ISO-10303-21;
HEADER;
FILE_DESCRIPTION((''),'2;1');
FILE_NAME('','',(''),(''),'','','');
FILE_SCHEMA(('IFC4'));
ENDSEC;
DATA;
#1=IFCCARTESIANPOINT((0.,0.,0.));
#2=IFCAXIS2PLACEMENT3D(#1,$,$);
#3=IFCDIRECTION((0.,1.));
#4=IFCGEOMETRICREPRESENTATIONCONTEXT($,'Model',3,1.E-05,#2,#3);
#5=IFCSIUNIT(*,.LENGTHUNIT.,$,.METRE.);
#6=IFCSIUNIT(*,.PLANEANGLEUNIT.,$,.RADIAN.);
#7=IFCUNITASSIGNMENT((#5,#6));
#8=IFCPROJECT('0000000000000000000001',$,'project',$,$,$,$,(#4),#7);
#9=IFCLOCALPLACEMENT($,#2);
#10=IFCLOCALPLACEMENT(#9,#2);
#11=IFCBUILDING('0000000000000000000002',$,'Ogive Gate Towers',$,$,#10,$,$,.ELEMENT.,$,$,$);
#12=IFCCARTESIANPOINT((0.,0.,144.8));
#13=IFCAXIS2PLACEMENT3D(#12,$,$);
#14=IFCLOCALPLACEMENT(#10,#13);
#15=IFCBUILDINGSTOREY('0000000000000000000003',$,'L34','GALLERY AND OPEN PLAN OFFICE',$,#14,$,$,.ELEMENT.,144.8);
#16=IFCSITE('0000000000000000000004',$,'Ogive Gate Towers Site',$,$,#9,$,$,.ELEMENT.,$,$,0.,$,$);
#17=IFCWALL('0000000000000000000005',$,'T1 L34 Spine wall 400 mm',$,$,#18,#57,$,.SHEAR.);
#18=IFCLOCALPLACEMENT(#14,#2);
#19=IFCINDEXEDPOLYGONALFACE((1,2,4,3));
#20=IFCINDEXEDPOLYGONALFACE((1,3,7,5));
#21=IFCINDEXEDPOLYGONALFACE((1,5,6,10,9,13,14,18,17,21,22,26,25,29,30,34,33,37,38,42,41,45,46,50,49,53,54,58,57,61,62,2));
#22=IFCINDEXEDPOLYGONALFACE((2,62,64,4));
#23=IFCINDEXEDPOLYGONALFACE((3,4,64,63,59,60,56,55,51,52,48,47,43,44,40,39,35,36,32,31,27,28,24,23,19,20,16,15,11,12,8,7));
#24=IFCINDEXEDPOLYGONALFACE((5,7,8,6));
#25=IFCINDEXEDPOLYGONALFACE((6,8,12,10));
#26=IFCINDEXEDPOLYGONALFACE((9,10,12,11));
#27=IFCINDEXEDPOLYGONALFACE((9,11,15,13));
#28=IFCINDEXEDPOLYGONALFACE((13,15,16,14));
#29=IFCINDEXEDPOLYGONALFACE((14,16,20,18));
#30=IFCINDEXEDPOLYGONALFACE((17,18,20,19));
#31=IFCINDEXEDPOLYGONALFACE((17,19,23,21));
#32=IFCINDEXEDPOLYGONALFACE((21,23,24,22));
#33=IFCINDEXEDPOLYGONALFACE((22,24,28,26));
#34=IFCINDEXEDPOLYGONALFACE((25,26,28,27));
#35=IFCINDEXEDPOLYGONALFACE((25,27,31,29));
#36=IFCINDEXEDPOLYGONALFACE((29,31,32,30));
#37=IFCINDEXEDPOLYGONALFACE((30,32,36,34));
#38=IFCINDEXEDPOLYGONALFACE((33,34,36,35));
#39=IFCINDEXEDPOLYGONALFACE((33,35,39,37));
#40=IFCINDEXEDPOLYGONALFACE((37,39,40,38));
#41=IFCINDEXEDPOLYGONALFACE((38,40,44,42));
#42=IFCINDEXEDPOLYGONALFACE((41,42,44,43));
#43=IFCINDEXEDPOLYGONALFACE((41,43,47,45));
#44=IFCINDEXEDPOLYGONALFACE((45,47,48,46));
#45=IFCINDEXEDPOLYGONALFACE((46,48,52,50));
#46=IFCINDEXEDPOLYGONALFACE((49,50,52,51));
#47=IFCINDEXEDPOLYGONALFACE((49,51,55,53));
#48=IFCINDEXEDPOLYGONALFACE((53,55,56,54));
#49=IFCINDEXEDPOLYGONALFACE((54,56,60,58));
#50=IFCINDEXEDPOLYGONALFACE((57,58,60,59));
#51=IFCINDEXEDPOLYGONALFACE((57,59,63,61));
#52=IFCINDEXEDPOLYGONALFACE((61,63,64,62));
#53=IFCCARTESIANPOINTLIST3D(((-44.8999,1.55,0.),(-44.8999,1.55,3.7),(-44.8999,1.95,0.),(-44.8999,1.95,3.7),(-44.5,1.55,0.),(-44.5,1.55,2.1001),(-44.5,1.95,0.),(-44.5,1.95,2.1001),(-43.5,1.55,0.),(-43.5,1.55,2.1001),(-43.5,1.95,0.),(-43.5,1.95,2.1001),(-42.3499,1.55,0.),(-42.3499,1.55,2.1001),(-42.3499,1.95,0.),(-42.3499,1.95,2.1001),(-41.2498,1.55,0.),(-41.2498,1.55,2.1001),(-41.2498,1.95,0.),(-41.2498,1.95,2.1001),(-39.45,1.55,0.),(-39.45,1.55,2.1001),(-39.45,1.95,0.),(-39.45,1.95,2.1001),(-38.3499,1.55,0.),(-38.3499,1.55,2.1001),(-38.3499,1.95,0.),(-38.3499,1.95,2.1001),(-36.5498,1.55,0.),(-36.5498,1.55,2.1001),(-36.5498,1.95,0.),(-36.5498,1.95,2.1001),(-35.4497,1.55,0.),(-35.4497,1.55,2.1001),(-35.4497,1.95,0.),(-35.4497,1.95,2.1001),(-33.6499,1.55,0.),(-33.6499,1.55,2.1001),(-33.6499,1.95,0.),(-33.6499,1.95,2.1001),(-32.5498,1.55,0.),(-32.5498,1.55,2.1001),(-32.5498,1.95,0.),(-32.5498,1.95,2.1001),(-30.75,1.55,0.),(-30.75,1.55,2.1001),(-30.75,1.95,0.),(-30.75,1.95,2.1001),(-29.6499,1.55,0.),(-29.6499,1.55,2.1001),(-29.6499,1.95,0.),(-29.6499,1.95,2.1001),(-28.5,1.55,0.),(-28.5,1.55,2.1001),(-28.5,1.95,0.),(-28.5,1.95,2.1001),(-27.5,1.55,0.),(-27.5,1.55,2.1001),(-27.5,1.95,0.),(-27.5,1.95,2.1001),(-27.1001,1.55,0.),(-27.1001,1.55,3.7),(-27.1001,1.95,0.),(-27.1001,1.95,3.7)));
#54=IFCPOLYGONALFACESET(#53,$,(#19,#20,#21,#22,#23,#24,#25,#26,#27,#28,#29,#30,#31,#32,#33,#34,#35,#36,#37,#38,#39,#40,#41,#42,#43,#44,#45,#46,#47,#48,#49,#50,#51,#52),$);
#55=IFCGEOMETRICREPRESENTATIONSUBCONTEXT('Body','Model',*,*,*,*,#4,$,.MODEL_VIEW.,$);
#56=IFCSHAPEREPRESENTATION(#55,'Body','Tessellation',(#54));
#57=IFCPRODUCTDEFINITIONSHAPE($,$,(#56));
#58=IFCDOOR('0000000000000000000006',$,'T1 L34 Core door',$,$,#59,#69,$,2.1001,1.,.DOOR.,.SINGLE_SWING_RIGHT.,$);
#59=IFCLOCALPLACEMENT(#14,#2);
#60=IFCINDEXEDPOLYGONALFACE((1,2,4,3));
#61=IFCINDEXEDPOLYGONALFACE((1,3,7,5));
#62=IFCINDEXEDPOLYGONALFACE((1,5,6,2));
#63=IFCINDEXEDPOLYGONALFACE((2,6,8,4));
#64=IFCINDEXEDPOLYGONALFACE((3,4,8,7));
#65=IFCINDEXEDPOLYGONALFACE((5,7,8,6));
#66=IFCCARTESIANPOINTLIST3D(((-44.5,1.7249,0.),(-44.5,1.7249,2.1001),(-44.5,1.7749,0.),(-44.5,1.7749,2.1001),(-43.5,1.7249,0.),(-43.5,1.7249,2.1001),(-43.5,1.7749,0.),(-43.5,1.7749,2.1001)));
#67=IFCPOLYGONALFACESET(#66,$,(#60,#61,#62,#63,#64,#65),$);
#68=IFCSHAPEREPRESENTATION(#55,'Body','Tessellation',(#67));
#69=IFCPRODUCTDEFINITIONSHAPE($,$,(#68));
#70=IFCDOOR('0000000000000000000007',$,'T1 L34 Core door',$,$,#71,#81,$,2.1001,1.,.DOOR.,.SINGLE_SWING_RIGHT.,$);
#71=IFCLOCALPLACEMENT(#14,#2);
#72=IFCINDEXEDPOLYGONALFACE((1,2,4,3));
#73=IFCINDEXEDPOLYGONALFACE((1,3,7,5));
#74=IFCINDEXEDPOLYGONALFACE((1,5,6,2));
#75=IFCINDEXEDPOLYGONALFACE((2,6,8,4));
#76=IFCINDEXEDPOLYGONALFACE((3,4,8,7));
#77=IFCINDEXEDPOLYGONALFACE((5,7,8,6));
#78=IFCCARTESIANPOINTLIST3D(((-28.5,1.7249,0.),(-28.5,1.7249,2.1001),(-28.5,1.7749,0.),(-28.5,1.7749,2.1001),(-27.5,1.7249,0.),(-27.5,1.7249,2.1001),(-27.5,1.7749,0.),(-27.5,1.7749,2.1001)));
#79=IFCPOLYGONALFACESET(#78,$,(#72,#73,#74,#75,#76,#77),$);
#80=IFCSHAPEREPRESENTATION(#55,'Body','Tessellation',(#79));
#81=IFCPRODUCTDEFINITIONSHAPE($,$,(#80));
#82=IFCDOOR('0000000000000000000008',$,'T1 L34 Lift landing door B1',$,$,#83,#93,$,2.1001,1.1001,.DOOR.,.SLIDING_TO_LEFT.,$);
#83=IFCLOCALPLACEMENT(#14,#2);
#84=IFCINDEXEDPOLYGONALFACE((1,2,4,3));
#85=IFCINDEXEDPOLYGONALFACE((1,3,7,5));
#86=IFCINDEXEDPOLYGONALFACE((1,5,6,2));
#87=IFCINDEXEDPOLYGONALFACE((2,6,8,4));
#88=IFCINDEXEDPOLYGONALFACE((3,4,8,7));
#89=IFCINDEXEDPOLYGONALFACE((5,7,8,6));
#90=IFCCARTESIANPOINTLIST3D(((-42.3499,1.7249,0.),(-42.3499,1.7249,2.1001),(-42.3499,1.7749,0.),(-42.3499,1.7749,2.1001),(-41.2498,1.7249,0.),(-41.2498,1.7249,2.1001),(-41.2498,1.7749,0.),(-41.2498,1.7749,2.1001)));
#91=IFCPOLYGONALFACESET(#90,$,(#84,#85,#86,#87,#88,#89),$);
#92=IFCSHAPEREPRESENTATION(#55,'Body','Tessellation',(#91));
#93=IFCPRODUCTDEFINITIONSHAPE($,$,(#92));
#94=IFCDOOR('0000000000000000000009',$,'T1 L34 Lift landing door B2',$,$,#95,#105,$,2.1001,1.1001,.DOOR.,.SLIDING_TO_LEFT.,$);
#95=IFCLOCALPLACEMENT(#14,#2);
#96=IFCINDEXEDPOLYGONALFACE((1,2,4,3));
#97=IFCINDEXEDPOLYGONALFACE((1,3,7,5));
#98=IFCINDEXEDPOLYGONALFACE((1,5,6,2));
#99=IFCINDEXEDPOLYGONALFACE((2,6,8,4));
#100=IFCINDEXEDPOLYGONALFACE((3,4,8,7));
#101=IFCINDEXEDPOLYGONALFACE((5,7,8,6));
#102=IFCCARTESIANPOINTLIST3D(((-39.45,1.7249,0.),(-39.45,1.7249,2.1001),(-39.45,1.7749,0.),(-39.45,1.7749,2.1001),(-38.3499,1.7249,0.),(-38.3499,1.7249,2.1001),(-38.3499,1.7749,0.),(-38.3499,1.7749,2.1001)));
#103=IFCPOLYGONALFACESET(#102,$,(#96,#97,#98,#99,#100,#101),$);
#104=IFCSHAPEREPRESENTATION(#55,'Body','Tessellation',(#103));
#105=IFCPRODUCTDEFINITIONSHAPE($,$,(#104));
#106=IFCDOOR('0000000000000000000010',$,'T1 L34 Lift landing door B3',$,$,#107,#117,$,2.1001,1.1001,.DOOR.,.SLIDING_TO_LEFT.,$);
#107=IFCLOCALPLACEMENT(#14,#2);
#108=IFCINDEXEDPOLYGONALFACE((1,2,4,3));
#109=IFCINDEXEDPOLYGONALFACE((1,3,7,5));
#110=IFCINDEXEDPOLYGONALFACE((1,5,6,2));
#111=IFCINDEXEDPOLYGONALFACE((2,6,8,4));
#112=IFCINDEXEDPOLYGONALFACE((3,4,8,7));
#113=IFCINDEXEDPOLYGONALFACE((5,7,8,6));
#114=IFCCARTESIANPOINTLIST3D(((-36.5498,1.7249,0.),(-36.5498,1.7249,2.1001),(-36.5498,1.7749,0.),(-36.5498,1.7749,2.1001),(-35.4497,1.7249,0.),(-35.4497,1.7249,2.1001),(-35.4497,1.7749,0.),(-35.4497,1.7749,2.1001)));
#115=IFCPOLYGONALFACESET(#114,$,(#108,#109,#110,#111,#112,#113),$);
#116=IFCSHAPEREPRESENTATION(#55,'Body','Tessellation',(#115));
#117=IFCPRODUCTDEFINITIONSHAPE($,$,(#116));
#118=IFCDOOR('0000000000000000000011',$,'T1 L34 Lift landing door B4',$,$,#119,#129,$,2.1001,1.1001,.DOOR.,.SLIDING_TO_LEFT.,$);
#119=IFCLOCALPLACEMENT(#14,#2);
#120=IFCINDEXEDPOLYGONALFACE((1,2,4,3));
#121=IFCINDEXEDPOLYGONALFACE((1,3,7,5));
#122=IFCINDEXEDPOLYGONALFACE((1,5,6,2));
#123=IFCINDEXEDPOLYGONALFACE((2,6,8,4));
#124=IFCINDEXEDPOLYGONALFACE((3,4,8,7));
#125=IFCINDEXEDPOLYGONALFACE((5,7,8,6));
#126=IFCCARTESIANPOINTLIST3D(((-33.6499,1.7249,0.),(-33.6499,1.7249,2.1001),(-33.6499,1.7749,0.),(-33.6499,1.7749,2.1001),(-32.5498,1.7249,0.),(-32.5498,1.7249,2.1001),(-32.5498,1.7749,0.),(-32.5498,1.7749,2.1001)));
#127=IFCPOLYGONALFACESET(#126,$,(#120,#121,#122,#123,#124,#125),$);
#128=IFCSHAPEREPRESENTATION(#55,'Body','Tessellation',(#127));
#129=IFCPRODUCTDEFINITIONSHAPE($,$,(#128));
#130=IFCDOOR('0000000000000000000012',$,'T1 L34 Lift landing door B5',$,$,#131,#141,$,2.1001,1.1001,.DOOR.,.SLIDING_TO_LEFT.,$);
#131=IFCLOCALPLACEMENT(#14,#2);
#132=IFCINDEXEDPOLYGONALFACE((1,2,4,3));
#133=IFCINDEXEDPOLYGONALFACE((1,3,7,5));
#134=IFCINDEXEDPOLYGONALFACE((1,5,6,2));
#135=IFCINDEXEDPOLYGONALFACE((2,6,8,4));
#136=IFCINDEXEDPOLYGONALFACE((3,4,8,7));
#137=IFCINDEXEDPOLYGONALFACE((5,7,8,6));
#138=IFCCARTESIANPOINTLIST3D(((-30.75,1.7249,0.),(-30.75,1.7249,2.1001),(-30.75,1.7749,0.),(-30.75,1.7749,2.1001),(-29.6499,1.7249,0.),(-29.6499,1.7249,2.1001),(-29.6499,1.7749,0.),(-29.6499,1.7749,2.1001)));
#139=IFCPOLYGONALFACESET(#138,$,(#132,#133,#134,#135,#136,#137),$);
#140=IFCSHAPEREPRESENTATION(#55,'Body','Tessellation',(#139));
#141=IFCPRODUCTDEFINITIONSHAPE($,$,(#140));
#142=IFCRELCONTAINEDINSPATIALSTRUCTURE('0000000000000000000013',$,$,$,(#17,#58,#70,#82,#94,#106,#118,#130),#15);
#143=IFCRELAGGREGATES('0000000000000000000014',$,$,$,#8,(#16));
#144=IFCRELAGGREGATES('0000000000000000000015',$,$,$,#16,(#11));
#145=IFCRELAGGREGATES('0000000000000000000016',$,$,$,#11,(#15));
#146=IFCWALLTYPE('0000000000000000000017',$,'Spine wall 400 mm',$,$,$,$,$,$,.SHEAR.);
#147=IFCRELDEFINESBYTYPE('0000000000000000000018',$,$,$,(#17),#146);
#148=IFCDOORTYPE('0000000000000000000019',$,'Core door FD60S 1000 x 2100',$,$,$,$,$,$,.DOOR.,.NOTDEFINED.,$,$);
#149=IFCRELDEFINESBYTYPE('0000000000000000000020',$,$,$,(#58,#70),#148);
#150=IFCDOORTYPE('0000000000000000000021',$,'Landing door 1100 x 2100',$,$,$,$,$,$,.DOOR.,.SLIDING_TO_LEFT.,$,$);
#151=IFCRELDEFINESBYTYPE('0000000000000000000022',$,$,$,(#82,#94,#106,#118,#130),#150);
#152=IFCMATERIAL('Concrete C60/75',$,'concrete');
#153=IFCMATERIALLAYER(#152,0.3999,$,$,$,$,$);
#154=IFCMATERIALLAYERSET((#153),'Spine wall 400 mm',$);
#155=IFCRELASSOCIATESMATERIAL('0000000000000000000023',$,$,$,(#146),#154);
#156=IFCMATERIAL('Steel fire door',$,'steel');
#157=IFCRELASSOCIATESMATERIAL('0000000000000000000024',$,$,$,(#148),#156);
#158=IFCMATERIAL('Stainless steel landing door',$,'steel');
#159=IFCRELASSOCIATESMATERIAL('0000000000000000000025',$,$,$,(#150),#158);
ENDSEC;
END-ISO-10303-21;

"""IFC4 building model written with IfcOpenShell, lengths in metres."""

from ifc_helpers import new_model, si_unit, direction, frame, frame_2d, origin, place, context, subcontext, project, spatial, rectangle, extrude, material, layer, layer_set, type_object, element, fill, save


model = new_model("IFC4")

# Units and contexts
model_context = context("Model", 3, precision=1e-05, world=origin(), true_north=direction((0.0, 1.0)))
body_context = subcontext(model_context, "Body", "Model", "MODEL_VIEW")
ifc_project = project(units=[si_unit("LENGTHUNIT", "METRE"), si_unit("PLANEANGLEUNIT", "RADIAN")], contexts=[model_context])

# Site, building, storey
site_placement = place(None, origin())
site = spatial("IfcSite", under=ifc_project, at=site_placement, Name="Ogive Gate Towers Site", CompositionType="ELEMENT", RefElevation=0.0)
building_placement = place(site_placement, origin())
building = spatial("IfcBuilding", under=site, at=building_placement, Name="Ogive Gate Towers", CompositionType="ELEMENT")
storey_placement = place(building_placement, frame((0.0, 0.0, 144.8)))
storey = spatial("IfcBuildingStorey", under=building, at=storey_placement, Name="L34", Description="GALLERY AND OPEN PLAN OFFICE", CompositionType="ELEMENT", Elevation=144.8)

# Wall, openings, doors
ifc_material_1 = material(Name="Concrete C60/75", Category="concrete")
ifc_layer_1 = layer(ifc_material_1, 0.3999)
ifc_layer_set_1 = layer_set([ifc_layer_1], Name="Spine wall 400 mm")
wall_type_1 = type_object("IfcWallType", Name="Spine wall 400 mm", PredefinedType="SHEAR", material=ifc_layer_set_1)
wall_1_placement = place(storey_placement, frame((-44.8999, 1.75, 0.0), z_axis=(0.0, 0.0, 1.0), x_axis=(1.0, 0.0, 0.0)))
wall_1 = element("IfcWall", 1, at=wall_1_placement, inside=storey, type_object=wall_type_1, Name="T1 L34 Spine wall 400 mm", PredefinedType="SHEAR", context=body_context, shape_type="SweptSolid", body=[
    extrude(rectangle(XDim=17.7998, YDim=0.3999, at=frame_2d((8.8999, 0.0))), origin(), (0.0, 0.0, 1.0), 3.7),
])
opening_1_placement = place(wall_1_placement, frame((0.3999, 0.0, 0.0)))
opening_1 = element("IfcOpeningElement", 2, at=opening_1_placement, cuts=wall_1, PredefinedType="OPENING", context=body_context, shape_type="SweptSolid", body=[
    extrude(rectangle(XDim=1.0, YDim=2.1001, at=frame_2d((0.5, 1.05))), frame((0.0, 0.21, 0.0), z_axis=(0.0, -1.0, 0.0), x_axis=(1.0, 0.0, 0.0)), (0.0, 0.0, 1.0), 0.4199),
])
opening_2_placement = place(wall_1_placement, frame((2.55, 0.0, 0.0)))
opening_2 = element("IfcOpeningElement", 3, at=opening_2_placement, cuts=wall_1, PredefinedType="OPENING", context=body_context, shape_type="SweptSolid", body=[
    extrude(rectangle(XDim=1.1001, YDim=2.1001, at=frame_2d((0.55, 1.05))), frame((0.0, 0.21, 0.0), z_axis=(0.0, -1.0, 0.0), x_axis=(1.0, 0.0, 0.0)), (0.0, 0.0, 1.0), 0.4199),
])
opening_3_placement = place(wall_1_placement, frame((5.45, 0.0, 0.0)))
opening_3 = element("IfcOpeningElement", 4, at=opening_3_placement, cuts=wall_1, PredefinedType="OPENING", context=body_context, shape_type="SweptSolid", body=[
    extrude(rectangle(XDim=1.1001, YDim=2.1001, at=frame_2d((0.55, 1.05))), frame((0.0, 0.21, 0.0), z_axis=(0.0, -1.0, 0.0), x_axis=(1.0, 0.0, 0.0)), (0.0, 0.0, 1.0), 0.4199),
])
opening_4_placement = place(wall_1_placement, frame((8.3501, 0.0, 0.0)))
opening_4 = element("IfcOpeningElement", 5, at=opening_4_placement, cuts=wall_1, PredefinedType="OPENING", context=body_context, shape_type="SweptSolid", body=[
    extrude(rectangle(XDim=1.1001, YDim=2.1001, at=frame_2d((0.55, 1.05))), frame((0.0, 0.21, 0.0), z_axis=(0.0, -1.0, 0.0), x_axis=(1.0, 0.0, 0.0)), (0.0, 0.0, 1.0), 0.4199),
])
opening_5_placement = place(wall_1_placement, frame((11.25, 0.0, 0.0)))
opening_5 = element("IfcOpeningElement", 6, at=opening_5_placement, cuts=wall_1, PredefinedType="OPENING", context=body_context, shape_type="SweptSolid", body=[
    extrude(rectangle(XDim=1.1001, YDim=2.1001, at=frame_2d((0.55, 1.05))), frame((0.0, 0.21, 0.0), z_axis=(0.0, -1.0, 0.0), x_axis=(1.0, 0.0, 0.0)), (0.0, 0.0, 1.0), 0.4199),
])
opening_6_placement = place(wall_1_placement, frame((14.1499, 0.0, 0.0)))
opening_6 = element("IfcOpeningElement", 7, at=opening_6_placement, cuts=wall_1, PredefinedType="OPENING", context=body_context, shape_type="SweptSolid", body=[
    extrude(rectangle(XDim=1.1001, YDim=2.1001, at=frame_2d((0.55, 1.05))), frame((0.0, 0.21, 0.0), z_axis=(0.0, -1.0, 0.0), x_axis=(1.0, 0.0, 0.0)), (0.0, 0.0, 1.0), 0.4199),
])
opening_7_placement = place(wall_1_placement, frame((16.3999, 0.0, 0.0)))
opening_7 = element("IfcOpeningElement", 8, at=opening_7_placement, cuts=wall_1, PredefinedType="OPENING", context=body_context, shape_type="SweptSolid", body=[
    extrude(rectangle(XDim=1.0, YDim=2.1001, at=frame_2d((0.5, 1.05))), frame((0.0, 0.21, 0.0), z_axis=(0.0, -1.0, 0.0), x_axis=(1.0, 0.0, 0.0)), (0.0, 0.0, 1.0), 0.4199),
])
ifc_material_2 = material(Name="Steel fire door", Category="steel")
door_type_1 = type_object("IfcDoorType", Name="Core door FD60S 1000 x 2100", OperationType="NOTDEFINED", PredefinedType="DOOR", material=ifc_material_2)
door_1_placement = place(opening_1_placement, origin())
door_1 = element("IfcDoor", 9, at=door_1_placement, inside=storey, type_object=door_type_1, Name="T1 L34 Core door", OperationType="SINGLE_SWING_RIGHT", OverallHeight=2.1001, OverallWidth=1.0, PredefinedType="DOOR", context=body_context, shape_type="SweptSolid", body=[
    extrude(rectangle(XDim=1.0, YDim=2.1001, at=frame_2d((0.5, 1.05))), frame((0.0, 0.0249, 0.0), z_axis=(0.0, -1.0, 0.0), x_axis=(1.0, 0.0, 0.0)), (0.0, 0.0, 1.0), 0.05),
])
fill(opening_1, door_1)
door_2_placement = place(opening_7_placement, origin())
door_2 = element("IfcDoor", 10, at=door_2_placement, inside=storey, type_object=door_type_1, Name="T1 L34 Core door", OperationType="SINGLE_SWING_RIGHT", OverallHeight=2.1001, OverallWidth=1.0, PredefinedType="DOOR", context=body_context, shape_type="SweptSolid", body=[
    extrude(rectangle(XDim=1.0, YDim=2.1001, at=frame_2d((0.5, 1.05))), frame((0.0, 0.0249, 0.0), z_axis=(0.0, -1.0, 0.0), x_axis=(1.0, 0.0, 0.0)), (0.0, 0.0, 1.0), 0.05),
])
fill(opening_7, door_2)
ifc_material_3 = material(Name="Stainless steel landing door", Category="steel")
door_type_2 = type_object("IfcDoorType", Name="Landing door 1100 x 2100", OperationType="SLIDING_TO_LEFT", PredefinedType="DOOR", material=ifc_material_3)
door_3_placement = place(opening_2_placement, origin())
door_3 = element("IfcDoor", 11, at=door_3_placement, inside=storey, type_object=door_type_2, Name="T1 L34 Lift landing door B1", OperationType="SLIDING_TO_LEFT", OverallHeight=2.1001, OverallWidth=1.1001, PredefinedType="DOOR", context=body_context, shape_type="SweptSolid", body=[
    extrude(rectangle(XDim=1.1001, YDim=2.1001, at=frame_2d((0.55, 1.05))), frame((0.0, 0.0249, 0.0), z_axis=(0.0, -1.0, 0.0), x_axis=(1.0, 0.0, 0.0)), (0.0, 0.0, 1.0), 0.05),
])
fill(opening_2, door_3)
door_4_placement = place(opening_3_placement, origin())
door_4 = element("IfcDoor", 12, at=door_4_placement, inside=storey, type_object=door_type_2, Name="T1 L34 Lift landing door B2", OperationType="SLIDING_TO_LEFT", OverallHeight=2.1001, OverallWidth=1.1001, PredefinedType="DOOR", context=body_context, shape_type="SweptSolid", body=[
    extrude(rectangle(XDim=1.1001, YDim=2.1001, at=frame_2d((0.55, 1.05))), frame((0.0, 0.0249, 0.0), z_axis=(0.0, -1.0, 0.0), x_axis=(1.0, 0.0, 0.0)), (0.0, 0.0, 1.0), 0.05),
])
fill(opening_3, door_4)
door_5_placement = place(opening_4_placement, origin())
door_5 = element("IfcDoor", 13, at=door_5_placement, inside=storey, type_object=door_type_2, Name="T1 L34 Lift landing door B3", OperationType="SLIDING_TO_LEFT", OverallHeight=2.1001, OverallWidth=1.1001, PredefinedType="DOOR", context=body_context, shape_type="SweptSolid", body=[
    extrude(rectangle(XDim=1.1001, YDim=2.1001, at=frame_2d((0.55, 1.05))), frame((0.0, 0.0249, 0.0), z_axis=(0.0, -1.0, 0.0), x_axis=(1.0, 0.0, 0.0)), (0.0, 0.0, 1.0), 0.05),
])
fill(opening_4, door_5)
door_6_placement = place(opening_5_placement, origin())
door_6 = element("IfcDoor", 14, at=door_6_placement, inside=storey, type_object=door_type_2, Name="T1 L34 Lift landing door B4", OperationType="SLIDING_TO_LEFT", OverallHeight=2.1001, OverallWidth=1.1001, PredefinedType="DOOR", context=body_context, shape_type="SweptSolid", body=[
    extrude(rectangle(XDim=1.1001, YDim=2.1001, at=frame_2d((0.55, 1.05))), frame((0.0, 0.0249, 0.0), z_axis=(0.0, -1.0, 0.0), x_axis=(1.0, 0.0, 0.0)), (0.0, 0.0, 1.0), 0.05),
])
fill(opening_5, door_6)
door_7_placement = place(opening_6_placement, origin())
door_7 = element("IfcDoor", 15, at=door_7_placement, inside=storey, type_object=door_type_2, Name="T1 L34 Lift landing door B5", OperationType="SLIDING_TO_LEFT", OverallHeight=2.1001, OverallWidth=1.1001, PredefinedType="DOOR", context=body_context, shape_type="SweptSolid", body=[
    extrude(rectangle(XDim=1.1001, YDim=2.1001, at=frame_2d((0.55, 1.05))), frame((0.0, 0.0249, 0.0), z_axis=(0.0, -1.0, 0.0), x_axis=(1.0, 0.0, 0.0)), (0.0, 0.0, 1.0), 0.05),
])
fill(opening_6, door_7)

save(model, "model.ifc")
